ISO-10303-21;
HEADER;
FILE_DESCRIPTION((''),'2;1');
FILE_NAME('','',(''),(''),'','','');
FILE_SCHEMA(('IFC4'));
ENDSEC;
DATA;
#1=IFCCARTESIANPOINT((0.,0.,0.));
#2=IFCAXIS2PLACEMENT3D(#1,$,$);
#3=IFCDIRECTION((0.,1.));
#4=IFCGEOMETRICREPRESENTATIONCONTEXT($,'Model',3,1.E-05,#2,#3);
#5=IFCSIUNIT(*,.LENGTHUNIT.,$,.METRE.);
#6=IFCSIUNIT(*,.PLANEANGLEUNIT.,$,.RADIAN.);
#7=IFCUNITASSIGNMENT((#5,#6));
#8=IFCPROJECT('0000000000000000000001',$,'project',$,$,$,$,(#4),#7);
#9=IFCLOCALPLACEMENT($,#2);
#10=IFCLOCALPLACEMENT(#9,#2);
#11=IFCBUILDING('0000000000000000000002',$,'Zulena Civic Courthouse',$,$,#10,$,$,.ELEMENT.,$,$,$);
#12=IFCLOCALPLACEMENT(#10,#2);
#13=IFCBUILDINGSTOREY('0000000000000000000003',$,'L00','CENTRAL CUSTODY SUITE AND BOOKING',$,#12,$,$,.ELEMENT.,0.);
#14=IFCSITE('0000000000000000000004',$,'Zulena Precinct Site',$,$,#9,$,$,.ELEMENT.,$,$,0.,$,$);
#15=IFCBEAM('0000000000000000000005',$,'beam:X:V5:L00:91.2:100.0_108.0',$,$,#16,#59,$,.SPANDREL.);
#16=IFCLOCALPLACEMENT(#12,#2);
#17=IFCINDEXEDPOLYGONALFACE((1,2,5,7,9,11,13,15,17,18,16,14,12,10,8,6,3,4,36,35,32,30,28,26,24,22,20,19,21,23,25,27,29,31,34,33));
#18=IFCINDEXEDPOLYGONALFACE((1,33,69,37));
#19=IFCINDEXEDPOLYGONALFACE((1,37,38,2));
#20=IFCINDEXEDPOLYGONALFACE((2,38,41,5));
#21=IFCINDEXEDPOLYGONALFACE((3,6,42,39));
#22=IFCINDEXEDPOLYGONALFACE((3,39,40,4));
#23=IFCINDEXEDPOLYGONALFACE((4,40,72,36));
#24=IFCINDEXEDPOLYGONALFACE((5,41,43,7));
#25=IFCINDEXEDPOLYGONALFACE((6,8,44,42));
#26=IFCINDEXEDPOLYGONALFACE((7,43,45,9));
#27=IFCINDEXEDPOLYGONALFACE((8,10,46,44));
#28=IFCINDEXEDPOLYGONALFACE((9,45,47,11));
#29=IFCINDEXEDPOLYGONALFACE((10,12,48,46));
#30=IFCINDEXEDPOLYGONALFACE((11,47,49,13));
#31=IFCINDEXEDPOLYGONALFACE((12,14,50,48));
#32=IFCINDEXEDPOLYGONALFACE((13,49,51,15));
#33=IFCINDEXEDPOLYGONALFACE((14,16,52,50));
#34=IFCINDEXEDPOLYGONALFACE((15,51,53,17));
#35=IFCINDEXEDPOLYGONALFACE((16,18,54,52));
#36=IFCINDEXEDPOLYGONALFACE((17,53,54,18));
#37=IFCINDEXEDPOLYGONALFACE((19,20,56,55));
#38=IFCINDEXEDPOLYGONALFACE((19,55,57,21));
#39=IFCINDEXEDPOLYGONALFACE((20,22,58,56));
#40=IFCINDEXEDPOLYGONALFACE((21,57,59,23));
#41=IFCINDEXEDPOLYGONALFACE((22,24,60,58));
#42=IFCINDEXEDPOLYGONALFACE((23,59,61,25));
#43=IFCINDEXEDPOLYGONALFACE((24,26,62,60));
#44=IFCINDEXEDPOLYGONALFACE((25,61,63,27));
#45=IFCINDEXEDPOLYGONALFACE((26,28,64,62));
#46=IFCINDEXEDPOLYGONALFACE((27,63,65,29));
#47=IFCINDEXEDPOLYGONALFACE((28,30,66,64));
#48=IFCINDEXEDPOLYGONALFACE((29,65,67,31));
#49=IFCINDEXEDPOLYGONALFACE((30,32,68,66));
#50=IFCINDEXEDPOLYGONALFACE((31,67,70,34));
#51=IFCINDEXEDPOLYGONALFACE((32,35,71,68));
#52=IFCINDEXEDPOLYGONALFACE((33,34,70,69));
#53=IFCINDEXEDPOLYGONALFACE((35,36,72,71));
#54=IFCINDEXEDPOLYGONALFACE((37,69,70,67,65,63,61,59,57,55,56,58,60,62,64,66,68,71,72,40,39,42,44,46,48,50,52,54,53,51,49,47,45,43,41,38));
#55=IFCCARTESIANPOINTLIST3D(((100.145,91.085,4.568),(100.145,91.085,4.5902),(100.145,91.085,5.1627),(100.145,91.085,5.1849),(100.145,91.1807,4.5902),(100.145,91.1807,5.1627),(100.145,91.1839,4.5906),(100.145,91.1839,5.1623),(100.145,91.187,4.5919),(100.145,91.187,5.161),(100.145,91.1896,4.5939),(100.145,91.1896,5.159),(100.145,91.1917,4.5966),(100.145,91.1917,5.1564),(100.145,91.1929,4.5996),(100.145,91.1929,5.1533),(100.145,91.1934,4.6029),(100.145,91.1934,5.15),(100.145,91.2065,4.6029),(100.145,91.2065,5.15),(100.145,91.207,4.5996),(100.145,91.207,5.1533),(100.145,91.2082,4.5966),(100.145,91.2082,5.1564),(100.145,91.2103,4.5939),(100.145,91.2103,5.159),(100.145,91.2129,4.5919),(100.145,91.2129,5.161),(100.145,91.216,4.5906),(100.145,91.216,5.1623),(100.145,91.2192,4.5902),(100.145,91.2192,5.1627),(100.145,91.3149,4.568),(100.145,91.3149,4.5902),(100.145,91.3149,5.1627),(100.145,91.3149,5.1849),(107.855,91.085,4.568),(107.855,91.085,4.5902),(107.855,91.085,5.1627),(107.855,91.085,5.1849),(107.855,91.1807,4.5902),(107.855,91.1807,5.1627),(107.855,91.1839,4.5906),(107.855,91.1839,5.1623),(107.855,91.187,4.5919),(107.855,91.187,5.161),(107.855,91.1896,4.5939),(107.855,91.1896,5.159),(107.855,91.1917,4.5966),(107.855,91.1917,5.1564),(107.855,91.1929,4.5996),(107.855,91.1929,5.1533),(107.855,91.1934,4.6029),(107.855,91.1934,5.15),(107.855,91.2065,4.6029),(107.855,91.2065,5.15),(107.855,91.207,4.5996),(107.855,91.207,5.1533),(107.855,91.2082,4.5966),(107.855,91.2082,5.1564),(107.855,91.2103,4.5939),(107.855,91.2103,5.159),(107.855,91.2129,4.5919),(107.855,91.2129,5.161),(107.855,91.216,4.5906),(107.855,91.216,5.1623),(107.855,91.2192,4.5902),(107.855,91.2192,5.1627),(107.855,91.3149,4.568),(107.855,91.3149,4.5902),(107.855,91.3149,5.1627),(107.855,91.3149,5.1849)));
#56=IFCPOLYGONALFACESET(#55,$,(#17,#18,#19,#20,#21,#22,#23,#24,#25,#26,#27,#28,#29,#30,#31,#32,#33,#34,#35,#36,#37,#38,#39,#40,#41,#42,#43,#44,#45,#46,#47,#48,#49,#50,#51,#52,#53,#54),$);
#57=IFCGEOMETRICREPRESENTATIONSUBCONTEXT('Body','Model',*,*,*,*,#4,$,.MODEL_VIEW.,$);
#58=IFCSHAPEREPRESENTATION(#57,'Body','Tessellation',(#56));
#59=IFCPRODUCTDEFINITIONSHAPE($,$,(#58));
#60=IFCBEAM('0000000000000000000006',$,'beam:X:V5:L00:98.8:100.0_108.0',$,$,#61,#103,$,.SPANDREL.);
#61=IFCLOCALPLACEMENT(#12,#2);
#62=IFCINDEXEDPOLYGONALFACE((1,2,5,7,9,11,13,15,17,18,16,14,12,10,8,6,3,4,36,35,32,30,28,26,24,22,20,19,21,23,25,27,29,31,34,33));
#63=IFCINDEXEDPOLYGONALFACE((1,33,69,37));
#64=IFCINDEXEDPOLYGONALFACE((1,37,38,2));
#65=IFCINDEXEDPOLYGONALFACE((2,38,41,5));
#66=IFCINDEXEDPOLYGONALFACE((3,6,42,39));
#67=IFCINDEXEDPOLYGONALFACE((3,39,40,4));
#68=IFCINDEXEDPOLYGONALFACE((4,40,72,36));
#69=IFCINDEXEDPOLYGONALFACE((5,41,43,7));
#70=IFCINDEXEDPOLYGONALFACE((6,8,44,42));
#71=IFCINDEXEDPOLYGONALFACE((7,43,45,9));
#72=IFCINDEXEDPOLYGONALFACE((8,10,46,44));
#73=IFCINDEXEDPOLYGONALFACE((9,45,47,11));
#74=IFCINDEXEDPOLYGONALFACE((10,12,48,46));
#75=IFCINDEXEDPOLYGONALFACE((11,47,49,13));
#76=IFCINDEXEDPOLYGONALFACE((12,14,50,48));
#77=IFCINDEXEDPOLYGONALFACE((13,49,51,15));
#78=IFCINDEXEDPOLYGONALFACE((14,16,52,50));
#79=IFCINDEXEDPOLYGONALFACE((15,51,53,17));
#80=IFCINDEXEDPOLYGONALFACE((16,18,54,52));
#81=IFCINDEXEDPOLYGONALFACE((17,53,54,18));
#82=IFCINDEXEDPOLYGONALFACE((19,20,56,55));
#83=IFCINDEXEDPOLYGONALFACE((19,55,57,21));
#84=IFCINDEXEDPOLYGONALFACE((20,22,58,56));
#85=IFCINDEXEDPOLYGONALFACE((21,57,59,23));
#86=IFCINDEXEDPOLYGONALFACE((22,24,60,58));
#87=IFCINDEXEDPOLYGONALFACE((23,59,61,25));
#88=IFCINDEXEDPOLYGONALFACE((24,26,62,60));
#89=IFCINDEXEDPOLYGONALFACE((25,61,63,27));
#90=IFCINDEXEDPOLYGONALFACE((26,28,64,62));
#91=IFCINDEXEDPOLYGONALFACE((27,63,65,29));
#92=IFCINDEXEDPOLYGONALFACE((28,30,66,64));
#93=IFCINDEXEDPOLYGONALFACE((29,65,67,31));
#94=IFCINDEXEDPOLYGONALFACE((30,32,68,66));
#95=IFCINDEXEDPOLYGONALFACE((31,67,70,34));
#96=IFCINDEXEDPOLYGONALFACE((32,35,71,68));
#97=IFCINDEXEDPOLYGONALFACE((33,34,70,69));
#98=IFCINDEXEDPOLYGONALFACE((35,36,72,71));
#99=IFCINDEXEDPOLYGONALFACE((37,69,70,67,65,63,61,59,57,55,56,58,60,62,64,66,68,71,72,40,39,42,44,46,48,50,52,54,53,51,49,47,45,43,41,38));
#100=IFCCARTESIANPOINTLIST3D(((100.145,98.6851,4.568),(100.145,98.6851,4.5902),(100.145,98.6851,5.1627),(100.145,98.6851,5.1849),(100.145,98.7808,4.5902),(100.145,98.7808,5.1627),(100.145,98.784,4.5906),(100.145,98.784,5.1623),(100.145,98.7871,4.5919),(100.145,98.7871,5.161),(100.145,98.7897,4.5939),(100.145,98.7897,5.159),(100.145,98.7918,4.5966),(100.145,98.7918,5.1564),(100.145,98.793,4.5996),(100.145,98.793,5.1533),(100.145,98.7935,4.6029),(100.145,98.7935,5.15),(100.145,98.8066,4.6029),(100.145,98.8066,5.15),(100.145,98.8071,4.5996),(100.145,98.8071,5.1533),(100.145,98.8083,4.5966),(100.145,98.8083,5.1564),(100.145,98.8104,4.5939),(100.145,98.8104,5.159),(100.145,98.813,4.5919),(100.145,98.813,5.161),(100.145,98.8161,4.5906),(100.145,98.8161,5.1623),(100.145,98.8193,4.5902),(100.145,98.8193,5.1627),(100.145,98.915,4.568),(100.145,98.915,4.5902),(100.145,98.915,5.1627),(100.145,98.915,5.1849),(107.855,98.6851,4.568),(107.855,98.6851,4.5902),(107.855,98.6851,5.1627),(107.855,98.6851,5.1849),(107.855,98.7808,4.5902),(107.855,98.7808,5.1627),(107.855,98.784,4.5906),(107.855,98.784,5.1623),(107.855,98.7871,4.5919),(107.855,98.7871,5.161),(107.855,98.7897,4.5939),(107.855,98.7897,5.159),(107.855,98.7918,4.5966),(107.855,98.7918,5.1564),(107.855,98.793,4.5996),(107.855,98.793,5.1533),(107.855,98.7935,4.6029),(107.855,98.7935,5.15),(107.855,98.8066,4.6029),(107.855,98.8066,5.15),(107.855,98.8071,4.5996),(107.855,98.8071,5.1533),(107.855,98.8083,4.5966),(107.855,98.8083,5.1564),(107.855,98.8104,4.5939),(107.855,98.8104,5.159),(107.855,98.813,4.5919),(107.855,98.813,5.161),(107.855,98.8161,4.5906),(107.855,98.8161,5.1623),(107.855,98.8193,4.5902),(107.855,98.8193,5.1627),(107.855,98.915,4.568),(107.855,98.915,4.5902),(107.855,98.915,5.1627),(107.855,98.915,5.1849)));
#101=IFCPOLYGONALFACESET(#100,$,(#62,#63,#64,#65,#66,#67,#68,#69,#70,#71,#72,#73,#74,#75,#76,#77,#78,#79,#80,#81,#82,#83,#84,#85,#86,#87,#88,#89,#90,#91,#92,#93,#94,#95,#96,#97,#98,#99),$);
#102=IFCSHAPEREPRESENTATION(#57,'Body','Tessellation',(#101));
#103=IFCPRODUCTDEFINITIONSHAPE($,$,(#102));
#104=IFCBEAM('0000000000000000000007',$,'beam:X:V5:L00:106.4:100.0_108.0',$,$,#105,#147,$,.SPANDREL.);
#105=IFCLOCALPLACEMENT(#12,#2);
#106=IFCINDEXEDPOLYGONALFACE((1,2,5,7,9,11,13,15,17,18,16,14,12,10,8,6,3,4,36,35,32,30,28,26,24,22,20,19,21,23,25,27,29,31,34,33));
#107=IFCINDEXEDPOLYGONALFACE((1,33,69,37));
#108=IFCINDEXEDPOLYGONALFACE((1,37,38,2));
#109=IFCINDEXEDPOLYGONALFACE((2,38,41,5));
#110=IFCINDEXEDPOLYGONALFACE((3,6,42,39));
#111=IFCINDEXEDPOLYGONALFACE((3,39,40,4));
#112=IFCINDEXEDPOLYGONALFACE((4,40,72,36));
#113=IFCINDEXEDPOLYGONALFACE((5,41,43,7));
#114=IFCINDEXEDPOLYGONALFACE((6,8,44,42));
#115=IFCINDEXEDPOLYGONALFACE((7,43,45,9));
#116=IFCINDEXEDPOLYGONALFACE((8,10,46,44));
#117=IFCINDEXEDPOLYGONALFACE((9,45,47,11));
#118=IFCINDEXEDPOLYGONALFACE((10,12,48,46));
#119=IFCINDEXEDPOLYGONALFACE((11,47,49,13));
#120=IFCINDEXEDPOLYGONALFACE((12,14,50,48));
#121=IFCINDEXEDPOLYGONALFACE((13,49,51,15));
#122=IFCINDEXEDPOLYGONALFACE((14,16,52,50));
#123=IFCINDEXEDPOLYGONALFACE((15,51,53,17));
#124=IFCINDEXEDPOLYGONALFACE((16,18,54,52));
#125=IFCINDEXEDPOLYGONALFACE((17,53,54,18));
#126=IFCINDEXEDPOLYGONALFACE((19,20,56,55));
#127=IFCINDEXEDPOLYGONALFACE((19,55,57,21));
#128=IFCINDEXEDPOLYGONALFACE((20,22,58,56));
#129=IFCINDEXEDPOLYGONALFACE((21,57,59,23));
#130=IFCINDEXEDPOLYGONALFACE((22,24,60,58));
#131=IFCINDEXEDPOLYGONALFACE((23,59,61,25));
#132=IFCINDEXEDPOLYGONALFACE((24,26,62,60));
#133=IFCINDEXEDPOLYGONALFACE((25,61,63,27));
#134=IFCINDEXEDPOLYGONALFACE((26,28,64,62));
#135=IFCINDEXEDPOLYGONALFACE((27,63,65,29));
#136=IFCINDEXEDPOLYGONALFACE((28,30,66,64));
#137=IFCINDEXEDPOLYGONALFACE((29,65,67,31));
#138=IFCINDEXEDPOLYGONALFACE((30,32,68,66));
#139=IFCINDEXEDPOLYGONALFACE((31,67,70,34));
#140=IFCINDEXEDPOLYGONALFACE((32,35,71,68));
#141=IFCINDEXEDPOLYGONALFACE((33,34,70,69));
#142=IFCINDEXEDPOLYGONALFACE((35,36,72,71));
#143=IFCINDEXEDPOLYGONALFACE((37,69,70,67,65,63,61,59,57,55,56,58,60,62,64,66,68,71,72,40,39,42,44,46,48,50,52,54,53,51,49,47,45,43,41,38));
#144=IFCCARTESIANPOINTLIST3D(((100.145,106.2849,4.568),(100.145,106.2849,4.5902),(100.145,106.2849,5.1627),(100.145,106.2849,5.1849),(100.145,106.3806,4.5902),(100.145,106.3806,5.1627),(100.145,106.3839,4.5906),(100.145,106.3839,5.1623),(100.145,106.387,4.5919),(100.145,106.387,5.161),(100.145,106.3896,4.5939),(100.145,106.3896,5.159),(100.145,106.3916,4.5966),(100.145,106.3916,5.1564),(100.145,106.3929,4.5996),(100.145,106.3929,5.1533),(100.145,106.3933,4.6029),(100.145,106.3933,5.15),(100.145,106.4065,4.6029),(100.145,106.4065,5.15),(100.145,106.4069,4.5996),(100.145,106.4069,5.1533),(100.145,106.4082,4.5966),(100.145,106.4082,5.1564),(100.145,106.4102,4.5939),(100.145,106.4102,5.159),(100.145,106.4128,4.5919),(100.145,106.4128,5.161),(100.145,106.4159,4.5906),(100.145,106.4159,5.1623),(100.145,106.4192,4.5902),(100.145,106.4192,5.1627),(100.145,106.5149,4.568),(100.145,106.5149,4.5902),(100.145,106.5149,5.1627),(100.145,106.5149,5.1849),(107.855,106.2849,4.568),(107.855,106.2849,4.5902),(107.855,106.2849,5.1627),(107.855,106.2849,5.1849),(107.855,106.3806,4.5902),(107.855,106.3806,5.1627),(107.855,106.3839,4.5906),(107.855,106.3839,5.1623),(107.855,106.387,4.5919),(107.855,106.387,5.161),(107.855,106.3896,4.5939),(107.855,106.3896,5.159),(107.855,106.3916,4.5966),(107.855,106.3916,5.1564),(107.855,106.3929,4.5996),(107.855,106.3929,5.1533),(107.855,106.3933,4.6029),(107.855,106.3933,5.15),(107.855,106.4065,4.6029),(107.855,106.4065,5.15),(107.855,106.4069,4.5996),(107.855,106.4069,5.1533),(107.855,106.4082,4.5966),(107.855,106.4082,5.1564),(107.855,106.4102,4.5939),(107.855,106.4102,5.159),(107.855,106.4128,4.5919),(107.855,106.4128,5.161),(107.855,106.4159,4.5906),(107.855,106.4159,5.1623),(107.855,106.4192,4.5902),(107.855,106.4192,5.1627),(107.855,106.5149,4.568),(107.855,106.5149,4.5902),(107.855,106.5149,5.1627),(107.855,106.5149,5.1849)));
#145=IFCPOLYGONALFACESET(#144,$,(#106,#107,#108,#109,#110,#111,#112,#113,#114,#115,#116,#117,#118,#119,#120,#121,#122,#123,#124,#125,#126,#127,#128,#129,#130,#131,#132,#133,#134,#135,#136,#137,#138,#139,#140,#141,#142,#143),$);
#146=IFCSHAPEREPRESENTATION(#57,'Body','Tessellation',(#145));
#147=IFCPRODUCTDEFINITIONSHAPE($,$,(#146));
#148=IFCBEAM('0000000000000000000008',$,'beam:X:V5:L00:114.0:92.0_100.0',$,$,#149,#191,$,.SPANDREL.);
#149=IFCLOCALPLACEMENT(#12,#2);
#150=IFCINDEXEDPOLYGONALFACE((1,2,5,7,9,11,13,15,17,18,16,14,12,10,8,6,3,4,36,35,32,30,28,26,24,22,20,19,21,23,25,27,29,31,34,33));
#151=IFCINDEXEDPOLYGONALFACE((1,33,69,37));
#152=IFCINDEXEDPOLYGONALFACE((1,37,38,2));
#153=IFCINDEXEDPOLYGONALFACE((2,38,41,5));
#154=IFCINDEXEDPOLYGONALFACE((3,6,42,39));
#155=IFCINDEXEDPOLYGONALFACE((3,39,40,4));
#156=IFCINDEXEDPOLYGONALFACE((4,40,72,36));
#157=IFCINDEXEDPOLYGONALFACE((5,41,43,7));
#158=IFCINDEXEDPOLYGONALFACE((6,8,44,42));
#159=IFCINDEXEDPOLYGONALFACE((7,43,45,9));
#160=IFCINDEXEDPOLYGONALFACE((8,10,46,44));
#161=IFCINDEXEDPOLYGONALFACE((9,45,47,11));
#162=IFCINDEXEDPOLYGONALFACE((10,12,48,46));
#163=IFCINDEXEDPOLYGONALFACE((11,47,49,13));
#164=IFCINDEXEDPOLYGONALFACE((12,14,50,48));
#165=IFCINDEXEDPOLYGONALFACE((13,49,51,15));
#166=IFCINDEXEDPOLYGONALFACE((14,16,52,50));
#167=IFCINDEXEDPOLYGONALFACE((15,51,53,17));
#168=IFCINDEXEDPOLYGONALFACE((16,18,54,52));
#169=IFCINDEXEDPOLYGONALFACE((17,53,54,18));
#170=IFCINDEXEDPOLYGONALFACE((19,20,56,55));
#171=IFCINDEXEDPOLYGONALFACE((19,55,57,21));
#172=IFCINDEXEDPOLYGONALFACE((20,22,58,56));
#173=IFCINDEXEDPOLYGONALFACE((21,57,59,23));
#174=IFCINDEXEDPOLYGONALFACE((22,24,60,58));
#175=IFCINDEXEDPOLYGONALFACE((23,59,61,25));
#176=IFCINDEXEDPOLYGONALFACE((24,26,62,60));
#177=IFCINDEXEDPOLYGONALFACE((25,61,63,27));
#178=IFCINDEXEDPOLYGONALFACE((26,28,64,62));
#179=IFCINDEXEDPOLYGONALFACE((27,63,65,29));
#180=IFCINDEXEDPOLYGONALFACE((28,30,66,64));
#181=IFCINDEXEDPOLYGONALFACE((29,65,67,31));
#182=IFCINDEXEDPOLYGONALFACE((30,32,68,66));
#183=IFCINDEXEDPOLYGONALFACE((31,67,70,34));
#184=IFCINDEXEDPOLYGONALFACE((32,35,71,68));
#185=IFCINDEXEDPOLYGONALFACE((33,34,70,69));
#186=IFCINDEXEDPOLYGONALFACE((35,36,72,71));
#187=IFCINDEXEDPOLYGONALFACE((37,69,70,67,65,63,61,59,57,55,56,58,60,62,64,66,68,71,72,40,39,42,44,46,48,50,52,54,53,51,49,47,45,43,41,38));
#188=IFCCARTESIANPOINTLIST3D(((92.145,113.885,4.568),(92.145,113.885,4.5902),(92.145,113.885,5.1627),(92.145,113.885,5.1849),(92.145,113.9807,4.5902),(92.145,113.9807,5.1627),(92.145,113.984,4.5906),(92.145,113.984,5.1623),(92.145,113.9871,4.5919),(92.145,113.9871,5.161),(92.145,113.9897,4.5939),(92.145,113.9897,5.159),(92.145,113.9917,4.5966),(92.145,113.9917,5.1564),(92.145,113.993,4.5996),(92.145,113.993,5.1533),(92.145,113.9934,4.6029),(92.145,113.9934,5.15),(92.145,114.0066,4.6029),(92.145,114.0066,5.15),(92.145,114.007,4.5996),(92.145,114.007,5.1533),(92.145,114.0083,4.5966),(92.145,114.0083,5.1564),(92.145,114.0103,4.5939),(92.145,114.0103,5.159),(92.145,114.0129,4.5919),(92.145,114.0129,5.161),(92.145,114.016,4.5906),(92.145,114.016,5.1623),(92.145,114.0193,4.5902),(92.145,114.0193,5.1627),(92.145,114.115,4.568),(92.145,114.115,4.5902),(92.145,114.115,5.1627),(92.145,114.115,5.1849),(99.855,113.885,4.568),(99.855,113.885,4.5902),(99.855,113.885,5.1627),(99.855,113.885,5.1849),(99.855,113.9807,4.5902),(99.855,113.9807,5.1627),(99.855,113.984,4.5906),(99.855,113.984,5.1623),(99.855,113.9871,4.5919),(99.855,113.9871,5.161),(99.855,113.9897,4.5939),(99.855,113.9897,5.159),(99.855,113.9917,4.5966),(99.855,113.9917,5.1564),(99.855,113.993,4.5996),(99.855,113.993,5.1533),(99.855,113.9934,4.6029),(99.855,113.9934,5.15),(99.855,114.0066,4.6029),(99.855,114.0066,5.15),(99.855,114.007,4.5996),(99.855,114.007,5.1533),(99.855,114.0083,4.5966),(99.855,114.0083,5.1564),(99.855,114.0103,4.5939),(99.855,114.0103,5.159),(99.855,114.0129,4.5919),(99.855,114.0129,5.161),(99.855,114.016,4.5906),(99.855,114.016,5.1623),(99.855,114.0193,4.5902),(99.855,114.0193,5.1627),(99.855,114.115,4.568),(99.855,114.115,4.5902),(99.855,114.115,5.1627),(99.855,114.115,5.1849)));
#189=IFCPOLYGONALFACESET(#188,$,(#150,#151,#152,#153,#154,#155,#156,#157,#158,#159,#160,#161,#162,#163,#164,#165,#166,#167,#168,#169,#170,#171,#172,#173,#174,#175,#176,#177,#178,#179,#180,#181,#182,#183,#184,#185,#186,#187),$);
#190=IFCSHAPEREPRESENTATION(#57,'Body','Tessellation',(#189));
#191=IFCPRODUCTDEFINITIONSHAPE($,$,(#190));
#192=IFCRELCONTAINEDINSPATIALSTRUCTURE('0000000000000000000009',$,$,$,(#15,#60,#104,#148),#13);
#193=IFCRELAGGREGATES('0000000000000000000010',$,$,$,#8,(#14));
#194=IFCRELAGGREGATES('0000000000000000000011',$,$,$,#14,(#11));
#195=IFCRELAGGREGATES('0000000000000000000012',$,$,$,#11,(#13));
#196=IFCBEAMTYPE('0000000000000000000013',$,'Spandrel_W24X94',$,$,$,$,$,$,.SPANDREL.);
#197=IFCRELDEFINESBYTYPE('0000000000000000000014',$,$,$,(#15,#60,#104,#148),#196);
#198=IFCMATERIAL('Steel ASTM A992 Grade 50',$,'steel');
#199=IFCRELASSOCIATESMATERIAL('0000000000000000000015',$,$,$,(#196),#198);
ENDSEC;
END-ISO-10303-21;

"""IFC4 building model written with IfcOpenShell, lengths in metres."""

from ifc_helpers import new_model, si_unit, direction, frame, origin, origin_2d, place, context, subcontext, project, spatial, i_section, extrude, material, material_profile, profile_set, type_object, element, save


model = new_model("IFC4")

# Units and contexts
model_context = context("Model", 3, precision=1e-05, world=origin(), true_north=direction((0.0, 1.0)))
body_context = subcontext(model_context, "Body", "Model", "MODEL_VIEW")
ifc_project = project(units=[si_unit("LENGTHUNIT", "METRE"), si_unit("PLANEANGLEUNIT", "RADIAN")], contexts=[model_context])

# Site, building, storey
site_placement = place(None, origin())
site = spatial("IfcSite", under=ifc_project, at=site_placement, Name="Zulena Precinct Site", CompositionType="ELEMENT", RefElevation=0.0)
building_placement = place(site_placement, origin())
building = spatial("IfcBuilding", under=site, at=building_placement, Name="Zulena Civic Courthouse", CompositionType="ELEMENT")
storey_placement = place(building_placement, origin())
storey = spatial("IfcBuildingStorey", under=building, at=storey_placement, Name="L00", Description="CENTRAL CUSTODY SUITE AND BOOKING", CompositionType="ELEMENT", Elevation=0.0)

# Shared definitions
ifc_material_1 = material(Name="Steel ASTM A992 Grade 50", Category="steel")

# Beams
ifc_material_profile_1 = material_profile(ifc_material_1, i_section(OverallWidth=0.23, OverallDepth=0.6169, WebThickness=0.0132, FlangeThickness=0.0222, FilletRadius=0.0127, at=origin_2d()), Name="W24X94")
ifc_profile_set_1 = profile_set([ifc_material_profile_1], Name="Steel ASTM A992 Grade 50")
beam_type_1 = type_object("IfcBeamType", Name="Spandrel_W24X94", PredefinedType="SPANDREL", material=ifc_profile_set_1)
for number, where, z_axis, x_axis, name in (
    (1, (100.145, 91.2, 4.8765), (1.0, 0.0, 0.0), (0.0, 1.0, 0.0), "beam:X:V5:L00:91.2:100.0_108.0"),
    (2, (100.145, 98.8, 4.8765), (1.0, 0.0, 0.0), (0.0, 1.0, 0.0), "beam:X:V5:L00:98.8:100.0_108.0"),
    (3, (100.145, 106.3999, 4.8765), (1.0, 0.0, 0.0), (0.0, 1.0, 0.0), "beam:X:V5:L00:106.4:100.0_108.0"),
    (4, (92.145, 114.0, 4.8765), (1.0, 0.0, 0.0), (0.0, 1.0, 0.0), "beam:X:V5:L00:114.0:92.0_100.0"),
):
    element("IfcBeam", number, at=place(storey_placement, frame(where, z_axis=z_axis, x_axis=x_axis)), inside=storey, type_object=beam_type_1, Name=name, PredefinedType="SPANDREL", context=body_context, shape_type="SweptSolid", body=[
        extrude(i_section(OverallWidth=0.23, OverallDepth=0.6169, WebThickness=0.0132, FlangeThickness=0.0222, FilletRadius=0.0127, at=origin_2d()), origin(), (0.0, 0.0, 1.0), 7.71),
    ])

save(model, "model.ifc")
